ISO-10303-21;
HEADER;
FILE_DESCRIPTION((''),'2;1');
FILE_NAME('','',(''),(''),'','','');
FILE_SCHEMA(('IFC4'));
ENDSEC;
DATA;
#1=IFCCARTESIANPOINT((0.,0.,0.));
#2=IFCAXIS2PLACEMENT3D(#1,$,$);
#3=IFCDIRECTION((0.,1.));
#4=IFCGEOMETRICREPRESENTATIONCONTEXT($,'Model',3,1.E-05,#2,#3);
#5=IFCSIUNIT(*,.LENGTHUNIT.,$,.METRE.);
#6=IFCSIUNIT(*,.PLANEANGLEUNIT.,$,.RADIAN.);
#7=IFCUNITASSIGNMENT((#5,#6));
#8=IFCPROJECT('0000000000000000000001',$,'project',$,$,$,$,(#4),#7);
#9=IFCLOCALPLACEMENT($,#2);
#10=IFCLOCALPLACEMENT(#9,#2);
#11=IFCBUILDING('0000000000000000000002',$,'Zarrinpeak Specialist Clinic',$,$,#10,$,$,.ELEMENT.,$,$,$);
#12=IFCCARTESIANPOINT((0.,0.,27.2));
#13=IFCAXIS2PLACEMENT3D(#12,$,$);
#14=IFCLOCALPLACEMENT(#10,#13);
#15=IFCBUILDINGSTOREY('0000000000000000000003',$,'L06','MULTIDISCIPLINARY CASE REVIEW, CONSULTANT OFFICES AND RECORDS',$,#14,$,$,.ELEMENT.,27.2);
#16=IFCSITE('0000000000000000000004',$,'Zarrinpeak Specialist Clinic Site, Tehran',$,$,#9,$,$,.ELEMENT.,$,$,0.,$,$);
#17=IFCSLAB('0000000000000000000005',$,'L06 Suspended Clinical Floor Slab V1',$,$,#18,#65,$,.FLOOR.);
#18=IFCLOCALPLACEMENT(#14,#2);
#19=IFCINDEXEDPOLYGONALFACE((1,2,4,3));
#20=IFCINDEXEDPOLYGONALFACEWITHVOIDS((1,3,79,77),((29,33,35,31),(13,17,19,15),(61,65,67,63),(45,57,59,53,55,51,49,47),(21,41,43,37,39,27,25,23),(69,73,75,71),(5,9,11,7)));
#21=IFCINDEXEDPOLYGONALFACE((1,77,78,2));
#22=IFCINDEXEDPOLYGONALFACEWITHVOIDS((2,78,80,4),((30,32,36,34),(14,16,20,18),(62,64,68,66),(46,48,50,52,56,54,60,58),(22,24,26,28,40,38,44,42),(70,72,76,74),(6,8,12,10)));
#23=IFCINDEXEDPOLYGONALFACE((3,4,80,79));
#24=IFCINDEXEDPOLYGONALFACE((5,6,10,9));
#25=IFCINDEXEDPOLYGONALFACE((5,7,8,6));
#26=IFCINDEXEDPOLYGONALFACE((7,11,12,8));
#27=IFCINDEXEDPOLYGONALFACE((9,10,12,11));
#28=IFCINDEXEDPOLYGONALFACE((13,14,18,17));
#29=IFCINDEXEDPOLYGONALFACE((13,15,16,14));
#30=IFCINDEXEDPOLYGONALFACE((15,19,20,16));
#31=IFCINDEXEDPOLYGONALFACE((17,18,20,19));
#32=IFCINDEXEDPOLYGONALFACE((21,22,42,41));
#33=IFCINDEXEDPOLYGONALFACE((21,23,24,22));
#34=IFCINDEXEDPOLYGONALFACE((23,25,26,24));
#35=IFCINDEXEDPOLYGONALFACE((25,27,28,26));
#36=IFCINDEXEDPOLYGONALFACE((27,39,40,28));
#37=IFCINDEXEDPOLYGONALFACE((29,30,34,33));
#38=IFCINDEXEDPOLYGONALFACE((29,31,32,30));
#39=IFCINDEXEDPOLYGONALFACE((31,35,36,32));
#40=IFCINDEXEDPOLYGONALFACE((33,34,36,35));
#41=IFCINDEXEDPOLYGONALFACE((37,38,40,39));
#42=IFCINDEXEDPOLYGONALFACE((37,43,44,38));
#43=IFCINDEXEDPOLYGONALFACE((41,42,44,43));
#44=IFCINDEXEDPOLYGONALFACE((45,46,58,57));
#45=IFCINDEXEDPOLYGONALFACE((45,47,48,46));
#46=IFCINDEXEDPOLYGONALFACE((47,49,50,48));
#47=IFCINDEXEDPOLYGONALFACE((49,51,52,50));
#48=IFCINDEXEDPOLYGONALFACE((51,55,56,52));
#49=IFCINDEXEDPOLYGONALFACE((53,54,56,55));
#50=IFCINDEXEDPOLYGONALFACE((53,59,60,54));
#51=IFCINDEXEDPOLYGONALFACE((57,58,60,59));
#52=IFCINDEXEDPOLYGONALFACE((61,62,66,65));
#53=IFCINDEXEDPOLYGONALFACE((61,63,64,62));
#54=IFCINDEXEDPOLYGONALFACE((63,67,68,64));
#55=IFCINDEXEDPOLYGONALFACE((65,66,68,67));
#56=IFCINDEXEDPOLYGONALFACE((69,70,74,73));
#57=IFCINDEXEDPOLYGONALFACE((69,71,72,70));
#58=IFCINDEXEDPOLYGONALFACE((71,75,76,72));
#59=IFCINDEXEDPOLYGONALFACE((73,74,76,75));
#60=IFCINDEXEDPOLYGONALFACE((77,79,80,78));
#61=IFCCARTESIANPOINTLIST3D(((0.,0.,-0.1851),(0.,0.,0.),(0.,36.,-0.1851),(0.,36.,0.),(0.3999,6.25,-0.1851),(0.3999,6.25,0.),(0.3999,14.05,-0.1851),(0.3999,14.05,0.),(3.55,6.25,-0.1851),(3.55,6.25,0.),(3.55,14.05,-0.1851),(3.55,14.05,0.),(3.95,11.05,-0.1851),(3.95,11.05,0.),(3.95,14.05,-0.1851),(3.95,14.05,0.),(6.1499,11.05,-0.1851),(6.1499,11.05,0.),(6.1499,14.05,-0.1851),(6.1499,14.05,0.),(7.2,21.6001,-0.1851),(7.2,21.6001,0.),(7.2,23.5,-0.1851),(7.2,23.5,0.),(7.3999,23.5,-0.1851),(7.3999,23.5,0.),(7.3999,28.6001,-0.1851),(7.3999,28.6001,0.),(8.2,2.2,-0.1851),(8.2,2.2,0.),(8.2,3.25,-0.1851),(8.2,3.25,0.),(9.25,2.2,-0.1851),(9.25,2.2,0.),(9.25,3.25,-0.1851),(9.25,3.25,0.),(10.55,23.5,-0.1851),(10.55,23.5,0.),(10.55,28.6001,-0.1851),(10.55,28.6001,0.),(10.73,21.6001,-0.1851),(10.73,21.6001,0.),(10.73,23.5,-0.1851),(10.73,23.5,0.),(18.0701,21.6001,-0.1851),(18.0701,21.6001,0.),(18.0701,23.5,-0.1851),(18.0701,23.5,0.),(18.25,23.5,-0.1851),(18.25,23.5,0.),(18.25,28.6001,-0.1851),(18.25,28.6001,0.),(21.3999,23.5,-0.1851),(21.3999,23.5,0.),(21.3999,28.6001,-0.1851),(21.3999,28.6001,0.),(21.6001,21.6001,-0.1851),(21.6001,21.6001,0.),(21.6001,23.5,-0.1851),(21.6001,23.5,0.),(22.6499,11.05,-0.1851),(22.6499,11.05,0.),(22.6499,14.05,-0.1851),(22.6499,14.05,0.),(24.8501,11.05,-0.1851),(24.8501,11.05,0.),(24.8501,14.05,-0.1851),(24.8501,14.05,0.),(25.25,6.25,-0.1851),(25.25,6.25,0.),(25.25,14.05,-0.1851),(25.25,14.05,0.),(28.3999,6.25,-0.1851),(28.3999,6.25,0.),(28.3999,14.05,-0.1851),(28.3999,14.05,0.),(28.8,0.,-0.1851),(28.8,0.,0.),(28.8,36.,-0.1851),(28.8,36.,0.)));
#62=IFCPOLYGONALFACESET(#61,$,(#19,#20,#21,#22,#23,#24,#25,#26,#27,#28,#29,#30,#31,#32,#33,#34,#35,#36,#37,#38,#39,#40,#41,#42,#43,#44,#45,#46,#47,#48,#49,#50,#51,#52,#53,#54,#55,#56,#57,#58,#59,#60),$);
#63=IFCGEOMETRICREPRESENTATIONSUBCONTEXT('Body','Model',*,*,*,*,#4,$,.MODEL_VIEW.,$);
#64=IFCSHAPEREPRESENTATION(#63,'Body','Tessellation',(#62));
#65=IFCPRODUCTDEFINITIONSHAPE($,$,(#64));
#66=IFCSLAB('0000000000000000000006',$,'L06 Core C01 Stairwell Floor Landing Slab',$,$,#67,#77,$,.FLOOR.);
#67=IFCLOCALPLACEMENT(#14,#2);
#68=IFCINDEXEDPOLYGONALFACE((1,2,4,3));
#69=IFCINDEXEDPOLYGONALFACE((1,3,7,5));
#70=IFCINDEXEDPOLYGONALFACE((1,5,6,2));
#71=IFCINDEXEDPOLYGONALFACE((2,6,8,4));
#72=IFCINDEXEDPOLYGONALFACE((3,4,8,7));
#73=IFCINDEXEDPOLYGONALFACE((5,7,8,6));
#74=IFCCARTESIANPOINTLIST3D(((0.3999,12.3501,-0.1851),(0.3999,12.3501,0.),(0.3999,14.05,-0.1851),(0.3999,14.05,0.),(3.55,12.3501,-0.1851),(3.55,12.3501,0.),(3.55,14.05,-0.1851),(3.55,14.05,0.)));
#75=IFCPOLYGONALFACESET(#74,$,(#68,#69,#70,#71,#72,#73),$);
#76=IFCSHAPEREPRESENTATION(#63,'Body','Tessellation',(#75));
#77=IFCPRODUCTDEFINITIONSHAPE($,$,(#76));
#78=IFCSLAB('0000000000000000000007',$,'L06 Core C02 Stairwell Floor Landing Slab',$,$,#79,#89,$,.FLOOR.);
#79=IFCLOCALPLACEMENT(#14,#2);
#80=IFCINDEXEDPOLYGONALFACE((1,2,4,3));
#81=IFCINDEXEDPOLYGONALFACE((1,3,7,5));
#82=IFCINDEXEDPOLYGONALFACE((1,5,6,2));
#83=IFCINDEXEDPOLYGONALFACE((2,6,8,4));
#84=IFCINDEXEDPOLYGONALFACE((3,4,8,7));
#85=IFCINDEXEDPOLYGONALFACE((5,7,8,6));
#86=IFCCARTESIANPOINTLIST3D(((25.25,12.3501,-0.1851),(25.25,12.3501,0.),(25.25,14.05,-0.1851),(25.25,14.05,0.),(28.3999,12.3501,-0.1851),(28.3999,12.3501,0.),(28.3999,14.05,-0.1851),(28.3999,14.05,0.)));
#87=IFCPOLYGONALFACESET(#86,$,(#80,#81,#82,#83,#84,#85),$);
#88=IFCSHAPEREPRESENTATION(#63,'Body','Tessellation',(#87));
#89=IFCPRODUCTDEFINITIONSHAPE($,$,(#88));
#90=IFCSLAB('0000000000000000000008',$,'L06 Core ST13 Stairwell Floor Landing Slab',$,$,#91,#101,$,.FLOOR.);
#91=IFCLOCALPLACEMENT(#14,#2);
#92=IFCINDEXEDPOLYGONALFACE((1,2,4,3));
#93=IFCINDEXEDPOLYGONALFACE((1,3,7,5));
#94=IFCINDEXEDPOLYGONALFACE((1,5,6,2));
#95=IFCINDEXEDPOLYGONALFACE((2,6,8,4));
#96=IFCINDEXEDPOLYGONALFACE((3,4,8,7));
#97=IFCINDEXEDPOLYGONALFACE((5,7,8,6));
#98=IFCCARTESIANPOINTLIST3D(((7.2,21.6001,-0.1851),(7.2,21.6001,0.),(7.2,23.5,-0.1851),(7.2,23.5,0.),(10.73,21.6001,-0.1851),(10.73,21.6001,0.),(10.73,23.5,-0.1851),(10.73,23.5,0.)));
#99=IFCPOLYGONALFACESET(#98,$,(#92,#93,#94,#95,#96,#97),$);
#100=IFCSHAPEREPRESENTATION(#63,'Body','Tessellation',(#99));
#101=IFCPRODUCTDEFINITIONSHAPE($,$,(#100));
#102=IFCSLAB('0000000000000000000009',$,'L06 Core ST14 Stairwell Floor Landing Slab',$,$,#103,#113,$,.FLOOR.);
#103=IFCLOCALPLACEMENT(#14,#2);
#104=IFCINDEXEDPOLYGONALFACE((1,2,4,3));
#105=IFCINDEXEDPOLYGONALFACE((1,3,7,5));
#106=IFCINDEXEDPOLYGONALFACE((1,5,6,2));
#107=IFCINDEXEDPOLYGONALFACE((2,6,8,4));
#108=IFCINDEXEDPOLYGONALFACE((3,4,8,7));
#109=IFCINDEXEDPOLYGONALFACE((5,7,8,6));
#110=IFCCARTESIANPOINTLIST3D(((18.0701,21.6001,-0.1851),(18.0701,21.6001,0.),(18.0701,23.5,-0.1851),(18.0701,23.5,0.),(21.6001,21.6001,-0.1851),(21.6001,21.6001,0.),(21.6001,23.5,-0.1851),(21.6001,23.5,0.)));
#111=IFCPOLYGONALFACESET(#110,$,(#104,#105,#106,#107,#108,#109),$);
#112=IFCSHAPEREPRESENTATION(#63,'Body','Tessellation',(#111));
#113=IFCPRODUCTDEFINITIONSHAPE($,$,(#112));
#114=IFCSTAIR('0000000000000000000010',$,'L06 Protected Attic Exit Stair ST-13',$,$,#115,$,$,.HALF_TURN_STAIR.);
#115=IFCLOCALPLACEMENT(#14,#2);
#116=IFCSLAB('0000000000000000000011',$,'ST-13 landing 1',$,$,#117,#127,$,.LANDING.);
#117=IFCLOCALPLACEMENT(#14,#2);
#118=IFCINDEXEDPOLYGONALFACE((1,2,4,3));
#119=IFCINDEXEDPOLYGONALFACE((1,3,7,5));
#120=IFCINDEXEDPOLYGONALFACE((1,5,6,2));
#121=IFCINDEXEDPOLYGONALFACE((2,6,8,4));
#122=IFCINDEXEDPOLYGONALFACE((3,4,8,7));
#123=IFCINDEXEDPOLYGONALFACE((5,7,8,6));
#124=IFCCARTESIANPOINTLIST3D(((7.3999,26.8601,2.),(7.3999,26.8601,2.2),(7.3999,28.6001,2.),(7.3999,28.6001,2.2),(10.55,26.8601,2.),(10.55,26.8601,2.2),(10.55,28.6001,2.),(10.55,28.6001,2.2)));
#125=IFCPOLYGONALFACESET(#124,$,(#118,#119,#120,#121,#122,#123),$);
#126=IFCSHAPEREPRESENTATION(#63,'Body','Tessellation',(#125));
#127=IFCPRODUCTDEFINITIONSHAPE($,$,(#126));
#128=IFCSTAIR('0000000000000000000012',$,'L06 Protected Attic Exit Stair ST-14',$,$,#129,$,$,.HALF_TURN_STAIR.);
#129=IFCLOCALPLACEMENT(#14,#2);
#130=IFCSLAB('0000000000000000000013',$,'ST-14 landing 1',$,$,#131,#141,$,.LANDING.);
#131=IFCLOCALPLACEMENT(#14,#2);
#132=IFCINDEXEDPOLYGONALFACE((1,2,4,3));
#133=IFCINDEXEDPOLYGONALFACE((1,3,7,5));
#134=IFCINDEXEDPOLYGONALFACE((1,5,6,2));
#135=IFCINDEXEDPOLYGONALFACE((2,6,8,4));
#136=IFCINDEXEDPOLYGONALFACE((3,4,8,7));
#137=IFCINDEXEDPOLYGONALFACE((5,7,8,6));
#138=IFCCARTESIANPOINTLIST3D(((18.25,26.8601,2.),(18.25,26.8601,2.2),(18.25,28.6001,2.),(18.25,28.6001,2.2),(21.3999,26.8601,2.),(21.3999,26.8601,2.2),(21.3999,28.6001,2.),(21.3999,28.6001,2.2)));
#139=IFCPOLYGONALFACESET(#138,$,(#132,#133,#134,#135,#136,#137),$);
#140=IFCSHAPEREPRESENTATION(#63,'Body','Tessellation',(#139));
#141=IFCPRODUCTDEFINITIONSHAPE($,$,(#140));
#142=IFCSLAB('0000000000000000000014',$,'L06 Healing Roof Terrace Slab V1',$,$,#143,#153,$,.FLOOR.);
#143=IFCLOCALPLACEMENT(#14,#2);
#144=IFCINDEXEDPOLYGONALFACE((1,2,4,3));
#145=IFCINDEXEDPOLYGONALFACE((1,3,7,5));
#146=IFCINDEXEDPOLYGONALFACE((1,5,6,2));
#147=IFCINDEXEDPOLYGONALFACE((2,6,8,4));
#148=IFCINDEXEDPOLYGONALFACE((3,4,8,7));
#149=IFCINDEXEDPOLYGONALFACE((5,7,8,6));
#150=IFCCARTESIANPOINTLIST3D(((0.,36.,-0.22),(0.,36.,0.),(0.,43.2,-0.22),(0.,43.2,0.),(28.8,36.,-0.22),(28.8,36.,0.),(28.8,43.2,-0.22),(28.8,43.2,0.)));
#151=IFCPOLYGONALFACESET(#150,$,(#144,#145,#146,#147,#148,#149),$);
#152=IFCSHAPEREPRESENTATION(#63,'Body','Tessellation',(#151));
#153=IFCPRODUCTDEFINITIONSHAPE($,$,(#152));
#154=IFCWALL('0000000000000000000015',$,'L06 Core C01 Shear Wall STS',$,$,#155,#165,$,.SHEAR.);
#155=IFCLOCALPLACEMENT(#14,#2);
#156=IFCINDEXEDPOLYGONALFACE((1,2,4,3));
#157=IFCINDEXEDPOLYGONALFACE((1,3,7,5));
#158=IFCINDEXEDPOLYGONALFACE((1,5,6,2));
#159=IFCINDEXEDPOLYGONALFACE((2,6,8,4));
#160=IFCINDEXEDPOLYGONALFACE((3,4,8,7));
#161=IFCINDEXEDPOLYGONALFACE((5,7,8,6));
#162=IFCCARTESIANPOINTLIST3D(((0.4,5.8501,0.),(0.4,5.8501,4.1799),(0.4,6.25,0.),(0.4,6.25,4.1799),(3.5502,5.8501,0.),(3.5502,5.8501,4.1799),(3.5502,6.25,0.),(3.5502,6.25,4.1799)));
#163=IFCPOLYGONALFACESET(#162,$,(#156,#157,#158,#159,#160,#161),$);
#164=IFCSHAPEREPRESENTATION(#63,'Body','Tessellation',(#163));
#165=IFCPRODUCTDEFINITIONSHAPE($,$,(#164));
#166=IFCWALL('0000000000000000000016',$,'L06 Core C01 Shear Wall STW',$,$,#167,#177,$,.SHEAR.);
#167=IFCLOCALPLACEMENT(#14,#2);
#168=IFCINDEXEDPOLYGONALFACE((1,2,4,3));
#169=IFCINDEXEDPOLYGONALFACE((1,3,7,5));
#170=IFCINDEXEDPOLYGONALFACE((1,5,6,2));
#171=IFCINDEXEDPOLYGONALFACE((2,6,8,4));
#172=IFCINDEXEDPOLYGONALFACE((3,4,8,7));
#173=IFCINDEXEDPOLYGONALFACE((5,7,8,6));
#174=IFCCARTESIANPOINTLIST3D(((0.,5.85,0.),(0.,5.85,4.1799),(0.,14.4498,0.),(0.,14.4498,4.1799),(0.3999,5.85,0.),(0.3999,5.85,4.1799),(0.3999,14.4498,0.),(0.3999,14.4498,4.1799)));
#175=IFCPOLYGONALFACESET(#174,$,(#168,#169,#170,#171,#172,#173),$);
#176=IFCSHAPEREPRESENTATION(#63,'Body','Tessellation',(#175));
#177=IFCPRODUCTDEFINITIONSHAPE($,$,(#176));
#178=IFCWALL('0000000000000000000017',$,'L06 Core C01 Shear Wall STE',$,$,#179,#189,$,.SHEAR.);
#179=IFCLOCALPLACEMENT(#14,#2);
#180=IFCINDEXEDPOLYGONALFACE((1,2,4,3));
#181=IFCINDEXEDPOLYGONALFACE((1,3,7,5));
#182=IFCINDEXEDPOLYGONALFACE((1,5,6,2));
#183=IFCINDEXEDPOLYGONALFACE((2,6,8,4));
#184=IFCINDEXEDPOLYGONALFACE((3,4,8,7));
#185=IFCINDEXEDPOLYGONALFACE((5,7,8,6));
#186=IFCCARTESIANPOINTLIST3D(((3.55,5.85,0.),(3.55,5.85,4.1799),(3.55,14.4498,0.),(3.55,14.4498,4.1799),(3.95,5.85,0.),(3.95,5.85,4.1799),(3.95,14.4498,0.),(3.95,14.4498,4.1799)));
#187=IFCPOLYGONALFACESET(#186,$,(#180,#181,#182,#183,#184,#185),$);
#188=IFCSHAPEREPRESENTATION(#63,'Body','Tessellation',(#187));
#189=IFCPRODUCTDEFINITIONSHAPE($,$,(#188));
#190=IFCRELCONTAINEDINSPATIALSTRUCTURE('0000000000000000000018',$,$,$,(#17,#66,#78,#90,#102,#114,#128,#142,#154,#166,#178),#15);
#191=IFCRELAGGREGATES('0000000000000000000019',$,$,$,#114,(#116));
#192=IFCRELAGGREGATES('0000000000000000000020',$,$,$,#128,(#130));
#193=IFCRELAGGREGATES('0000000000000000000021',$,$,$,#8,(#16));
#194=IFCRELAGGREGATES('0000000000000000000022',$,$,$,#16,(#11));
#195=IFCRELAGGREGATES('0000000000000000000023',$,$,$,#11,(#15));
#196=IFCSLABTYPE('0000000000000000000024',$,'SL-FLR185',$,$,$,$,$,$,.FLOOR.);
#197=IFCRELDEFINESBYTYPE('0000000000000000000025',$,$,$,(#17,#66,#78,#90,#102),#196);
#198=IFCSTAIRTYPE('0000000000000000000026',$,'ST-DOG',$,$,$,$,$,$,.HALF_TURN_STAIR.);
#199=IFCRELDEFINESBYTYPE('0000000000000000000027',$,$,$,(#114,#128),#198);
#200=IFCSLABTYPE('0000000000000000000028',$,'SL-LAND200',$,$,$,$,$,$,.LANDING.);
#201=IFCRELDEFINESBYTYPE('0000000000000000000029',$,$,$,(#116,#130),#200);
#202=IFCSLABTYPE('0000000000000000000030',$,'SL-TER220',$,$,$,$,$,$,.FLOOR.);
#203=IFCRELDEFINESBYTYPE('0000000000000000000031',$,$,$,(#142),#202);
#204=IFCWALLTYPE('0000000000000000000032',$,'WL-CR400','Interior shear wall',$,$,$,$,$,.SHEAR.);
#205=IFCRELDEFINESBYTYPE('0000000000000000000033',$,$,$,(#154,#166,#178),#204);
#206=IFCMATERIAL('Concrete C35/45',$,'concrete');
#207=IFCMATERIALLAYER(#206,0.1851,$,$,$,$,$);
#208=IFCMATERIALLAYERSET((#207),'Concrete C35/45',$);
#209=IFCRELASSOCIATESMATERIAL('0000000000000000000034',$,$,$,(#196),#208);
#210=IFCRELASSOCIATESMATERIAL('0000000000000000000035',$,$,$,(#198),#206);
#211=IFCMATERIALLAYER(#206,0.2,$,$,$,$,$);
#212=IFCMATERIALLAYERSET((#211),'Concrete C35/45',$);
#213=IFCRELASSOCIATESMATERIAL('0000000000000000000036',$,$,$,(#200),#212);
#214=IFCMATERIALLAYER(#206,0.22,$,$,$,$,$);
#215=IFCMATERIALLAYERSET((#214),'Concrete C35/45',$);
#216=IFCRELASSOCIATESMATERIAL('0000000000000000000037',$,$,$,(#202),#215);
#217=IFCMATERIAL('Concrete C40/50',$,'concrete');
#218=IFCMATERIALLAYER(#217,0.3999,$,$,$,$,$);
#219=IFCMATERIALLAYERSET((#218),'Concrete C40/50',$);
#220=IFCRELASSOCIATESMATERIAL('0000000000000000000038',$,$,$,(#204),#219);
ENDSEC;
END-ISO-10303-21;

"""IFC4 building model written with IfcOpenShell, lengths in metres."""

from ifc_helpers import new_model, si_unit, direction, frame, frame_2d, origin, place, context, subcontext, project, spatial, polyline, rectangle, outline, extrude, material, layer, layer_set, type_object, element, aggregate, save


model = new_model("IFC4")

# Units and contexts
model_context = context("Model", 3, precision=1e-05, world=origin(), true_north=direction((0.0, 1.0)))
body_context = subcontext(model_context, "Body", "Model", "MODEL_VIEW")
ifc_project = project(units=[si_unit("LENGTHUNIT", "METRE"), si_unit("PLANEANGLEUNIT", "RADIAN")], contexts=[model_context])

# Site, building, storey
site_placement = place(None, origin())
site = spatial("IfcSite", under=ifc_project, at=site_placement, Name="Zarrinpeak Specialist Clinic Site, Tehran", CompositionType="ELEMENT", RefElevation=0.0)
building_placement = place(site_placement, origin())
building = spatial("IfcBuilding", under=site, at=building_placement, Name="Zarrinpeak Specialist Clinic", CompositionType="ELEMENT")
storey_placement = place(building_placement, frame((0.0, 0.0, 27.2)))
storey = spatial("IfcBuildingStorey", under=building, at=storey_placement, Name="L06", Description="MULTIDISCIPLINARY CASE REVIEW, CONSULTANT OFFICES AND RECORDS", CompositionType="ELEMENT", Elevation=27.2)

# Slabs
ifc_material_1 = material(Name="Concrete C35/45", Category="concrete")
ifc_layer_1 = layer(ifc_material_1, 0.1851)
ifc_layer_set_1 = layer_set([ifc_layer_1], Name="Concrete C35/45")
slab_type_1 = type_object("IfcSlabType", Name="SL-FLR185", PredefinedType="FLOOR", material=ifc_layer_set_1)
slab_1_placement = place(storey_placement, frame((0.0, 0.0, -0.1851)))
element("IfcSlab", 1, at=slab_1_placement, inside=storey, type_object=slab_type_1, Name="L06 Suspended Clinical Floor Slab V1", PredefinedType="FLOOR", context=body_context, shape_type="SweptSolid", body=[
    extrude(outline(polyline([(0.0, 0.0), (28.8, 0.0), (28.8, 36.0), (0.0, 36.0), (0.0, 0.0)]), holes=[polyline([(0.3999, 6.25), (3.55, 6.25), (3.55, 14.05), (0.3999, 14.05), (0.3999, 6.25)]), polyline([(3.95, 11.05), (6.1499, 11.05), (6.1499, 14.05), (3.95, 14.05), (3.95, 11.05)]), polyline([(25.25, 6.25), (28.3999, 6.25), (28.3999, 14.05), (25.25, 14.05), (25.25, 6.25)]), polyline([(22.6499, 11.05), (24.8501, 11.05), (24.8501, 14.05), (22.6499, 14.05), (22.6499, 11.05)]), polyline([(7.2, 21.6001), (10.73, 21.6001), (10.73, 23.5), (10.55, 23.5), (10.55, 28.6001), (7.3999, 28.6001), (7.3999, 23.5), (7.2, 23.5), (7.2, 21.6001)]), polyline([(18.0701, 21.6001), (21.6001, 21.6001), (21.6001, 23.5), (21.3999, 23.5), (21.3999, 28.6001), (18.25, 28.6001), (18.25, 23.5), (18.0701, 23.5), (18.0701, 21.6001)]), polyline([(8.2, 2.2), (9.25, 2.2), (9.25, 3.25), (8.2, 3.25), (8.2, 2.2)])]), origin(), (0.0, 0.0, 1.0), 0.1851),
])
slab_2_placement = place(storey_placement, frame((0.0, 0.0, -0.1851)))
element("IfcSlab", 2, at=slab_2_placement, inside=storey, type_object=slab_type_1, Name="L06 Core C01 Stairwell Floor Landing Slab", PredefinedType="FLOOR", context=body_context, shape_type="SweptSolid", body=[
    extrude(outline(polyline([(0.3999, 12.3501), (3.55, 12.3501), (3.55, 14.05), (0.3999, 14.05), (0.3999, 12.3501)])), origin(), (0.0, 0.0, 1.0), 0.1851),
])
slab_3_placement = place(storey_placement, frame((0.0, 0.0, -0.1851)))
element("IfcSlab", 3, at=slab_3_placement, inside=storey, type_object=slab_type_1, Name="L06 Core C02 Stairwell Floor Landing Slab", PredefinedType="FLOOR", context=body_context, shape_type="SweptSolid", body=[
    extrude(outline(polyline([(25.25, 12.3501), (28.3999, 12.3501), (28.3999, 14.05), (25.25, 14.05), (25.25, 12.3501)])), origin(), (0.0, 0.0, 1.0), 0.1851),
])
slab_4_placement = place(storey_placement, frame((0.0, 0.0, -0.1851)))
element("IfcSlab", 4, at=slab_4_placement, inside=storey, type_object=slab_type_1, Name="L06 Core ST13 Stairwell Floor Landing Slab", PredefinedType="FLOOR", context=body_context, shape_type="SweptSolid", body=[
    extrude(outline(polyline([(7.2, 21.6001), (10.73, 21.6001), (10.73, 23.5), (7.2, 23.5), (7.2, 21.6001)])), origin(), (0.0, 0.0, 1.0), 0.1851),
])
slab_5_placement = place(storey_placement, frame((0.0, 0.0, -0.1851)))
element("IfcSlab", 5, at=slab_5_placement, inside=storey, type_object=slab_type_1, Name="L06 Core ST14 Stairwell Floor Landing Slab", PredefinedType="FLOOR", context=body_context, shape_type="SweptSolid", body=[
    extrude(outline(polyline([(18.0701, 21.6001), (21.6001, 21.6001), (21.6001, 23.5), (18.0701, 23.5), (18.0701, 21.6001)])), origin(), (0.0, 0.0, 1.0), 0.1851),
])

# Stairs, slabs
stair_type = type_object("IfcStairType", Name="ST-DOG", PredefinedType="HALF_TURN_STAIR", material=ifc_material_1)
stair_1_placement = place(storey_placement, origin())
stair_1 = element("IfcStair", 6, at=stair_1_placement, inside=storey, type_object=stair_type, Name="L06 Protected Attic Exit Stair ST-13", PredefinedType="HALF_TURN_STAIR")
ifc_layer_2 = layer(ifc_material_1, 0.2)
ifc_layer_set_2 = layer_set([ifc_layer_2], Name="Concrete C35/45")
slab_type_2 = type_object("IfcSlabType", Name="SL-LAND200", PredefinedType="LANDING", material=ifc_layer_set_2)
slab_6_placement = place(storey_placement, frame((0.0, 0.0, 2.0)))
slab_6 = element("IfcSlab", 7, at=slab_6_placement, type_object=slab_type_2, Name="ST-13 landing 1", PredefinedType="LANDING", context=body_context, shape_type="SweptSolid", body=[
    extrude(outline(polyline([(10.55, 26.8601), (10.55, 28.6001), (7.3999, 28.6001), (7.3999, 26.8601), (10.55, 26.8601)])), origin(), (0.0, 0.0, 1.0), 0.2),
])
aggregate(stair_1, [slab_6])
stair_2_placement = place(storey_placement, origin())
stair_2 = element("IfcStair", 8, at=stair_2_placement, inside=storey, type_object=stair_type, Name="L06 Protected Attic Exit Stair ST-14", PredefinedType="HALF_TURN_STAIR")
slab_7_placement = place(storey_placement, frame((0.0, 0.0, 2.0)))
slab_7 = element("IfcSlab", 9, at=slab_7_placement, type_object=slab_type_2, Name="ST-14 landing 1", PredefinedType="LANDING", context=body_context, shape_type="SweptSolid", body=[
    extrude(outline(polyline([(21.3999, 26.8601), (21.3999, 28.6001), (18.25, 28.6001), (18.25, 26.8601), (21.3999, 26.8601)])), origin(), (0.0, 0.0, 1.0), 0.2),
])
aggregate(stair_2, [slab_7])

# Slab
ifc_layer_3 = layer(ifc_material_1, 0.22)
ifc_layer_set_3 = layer_set([ifc_layer_3], Name="Concrete C35/45")
slab_type_3 = type_object("IfcSlabType", Name="SL-TER220", PredefinedType="FLOOR", material=ifc_layer_set_3)
slab_8_placement = place(storey_placement, frame((0.0, 0.0, -0.22)))
element("IfcSlab", 10, at=slab_8_placement, inside=storey, type_object=slab_type_3, Name="L06 Healing Roof Terrace Slab V1", PredefinedType="FLOOR", context=body_context, shape_type="SweptSolid", body=[
    extrude(outline(polyline([(0.0, 36.0), (28.8, 36.0), (28.8, 43.2), (0.0, 43.2), (0.0, 36.0)])), origin(), (0.0, 0.0, 1.0), 0.22),
])

# Walls
ifc_material_2 = material(Name="Concrete C40/50", Category="concrete")
ifc_layer_4 = layer(ifc_material_2, 0.3999)
ifc_layer_set_4 = layer_set([ifc_layer_4], Name="Concrete C40/50")
wall_type_1 = type_object("IfcWallType", Name="WL-CR400", Description="Interior shear wall", PredefinedType="SHEAR", material=ifc_layer_set_4)
wall_1_placement = place(storey_placement, frame((0.3999, 6.05, 0.0), z_axis=(0.0, 0.0, 1.0), x_axis=(1.0, 0.0, 0.0)))
element("IfcWall", 11, at=wall_1_placement, inside=storey, type_object=wall_type_1, Name="L06 Core C01 Shear Wall STS", PredefinedType="SHEAR", context=body_context, shape_type="SweptSolid", body=[
    extrude(rectangle(XDim=3.1501, YDim=0.3999, at=frame_2d((1.5752, 0.0))), origin(), (0.0, 0.0, 1.0), 4.1799),
])
for number, where, z_axis, x_axis, name in (
    (12, (0.2, 5.8501, 0.0), (0.0, 0.0, 1.0), (0.0, 1.0, 0.0), "L06 Core C01 Shear Wall STW"),
    (13, (3.75, 5.8501, 0.0), (0.0, 0.0, 1.0), (0.0, 1.0, 0.0), "L06 Core C01 Shear Wall STE"),
):
    element("IfcWall", number, at=place(storey_placement, frame(where, z_axis=z_axis, x_axis=x_axis)), inside=storey, type_object=wall_type_1, Name=name, PredefinedType="SHEAR", context=body_context, shape_type="SweptSolid", body=[
        extrude(rectangle(XDim=8.5999, YDim=0.3999, at=frame_2d((4.2998, 0.0))), origin(), (0.0, 0.0, 1.0), 4.1799),
    ])

save(model, "model.ifc")
